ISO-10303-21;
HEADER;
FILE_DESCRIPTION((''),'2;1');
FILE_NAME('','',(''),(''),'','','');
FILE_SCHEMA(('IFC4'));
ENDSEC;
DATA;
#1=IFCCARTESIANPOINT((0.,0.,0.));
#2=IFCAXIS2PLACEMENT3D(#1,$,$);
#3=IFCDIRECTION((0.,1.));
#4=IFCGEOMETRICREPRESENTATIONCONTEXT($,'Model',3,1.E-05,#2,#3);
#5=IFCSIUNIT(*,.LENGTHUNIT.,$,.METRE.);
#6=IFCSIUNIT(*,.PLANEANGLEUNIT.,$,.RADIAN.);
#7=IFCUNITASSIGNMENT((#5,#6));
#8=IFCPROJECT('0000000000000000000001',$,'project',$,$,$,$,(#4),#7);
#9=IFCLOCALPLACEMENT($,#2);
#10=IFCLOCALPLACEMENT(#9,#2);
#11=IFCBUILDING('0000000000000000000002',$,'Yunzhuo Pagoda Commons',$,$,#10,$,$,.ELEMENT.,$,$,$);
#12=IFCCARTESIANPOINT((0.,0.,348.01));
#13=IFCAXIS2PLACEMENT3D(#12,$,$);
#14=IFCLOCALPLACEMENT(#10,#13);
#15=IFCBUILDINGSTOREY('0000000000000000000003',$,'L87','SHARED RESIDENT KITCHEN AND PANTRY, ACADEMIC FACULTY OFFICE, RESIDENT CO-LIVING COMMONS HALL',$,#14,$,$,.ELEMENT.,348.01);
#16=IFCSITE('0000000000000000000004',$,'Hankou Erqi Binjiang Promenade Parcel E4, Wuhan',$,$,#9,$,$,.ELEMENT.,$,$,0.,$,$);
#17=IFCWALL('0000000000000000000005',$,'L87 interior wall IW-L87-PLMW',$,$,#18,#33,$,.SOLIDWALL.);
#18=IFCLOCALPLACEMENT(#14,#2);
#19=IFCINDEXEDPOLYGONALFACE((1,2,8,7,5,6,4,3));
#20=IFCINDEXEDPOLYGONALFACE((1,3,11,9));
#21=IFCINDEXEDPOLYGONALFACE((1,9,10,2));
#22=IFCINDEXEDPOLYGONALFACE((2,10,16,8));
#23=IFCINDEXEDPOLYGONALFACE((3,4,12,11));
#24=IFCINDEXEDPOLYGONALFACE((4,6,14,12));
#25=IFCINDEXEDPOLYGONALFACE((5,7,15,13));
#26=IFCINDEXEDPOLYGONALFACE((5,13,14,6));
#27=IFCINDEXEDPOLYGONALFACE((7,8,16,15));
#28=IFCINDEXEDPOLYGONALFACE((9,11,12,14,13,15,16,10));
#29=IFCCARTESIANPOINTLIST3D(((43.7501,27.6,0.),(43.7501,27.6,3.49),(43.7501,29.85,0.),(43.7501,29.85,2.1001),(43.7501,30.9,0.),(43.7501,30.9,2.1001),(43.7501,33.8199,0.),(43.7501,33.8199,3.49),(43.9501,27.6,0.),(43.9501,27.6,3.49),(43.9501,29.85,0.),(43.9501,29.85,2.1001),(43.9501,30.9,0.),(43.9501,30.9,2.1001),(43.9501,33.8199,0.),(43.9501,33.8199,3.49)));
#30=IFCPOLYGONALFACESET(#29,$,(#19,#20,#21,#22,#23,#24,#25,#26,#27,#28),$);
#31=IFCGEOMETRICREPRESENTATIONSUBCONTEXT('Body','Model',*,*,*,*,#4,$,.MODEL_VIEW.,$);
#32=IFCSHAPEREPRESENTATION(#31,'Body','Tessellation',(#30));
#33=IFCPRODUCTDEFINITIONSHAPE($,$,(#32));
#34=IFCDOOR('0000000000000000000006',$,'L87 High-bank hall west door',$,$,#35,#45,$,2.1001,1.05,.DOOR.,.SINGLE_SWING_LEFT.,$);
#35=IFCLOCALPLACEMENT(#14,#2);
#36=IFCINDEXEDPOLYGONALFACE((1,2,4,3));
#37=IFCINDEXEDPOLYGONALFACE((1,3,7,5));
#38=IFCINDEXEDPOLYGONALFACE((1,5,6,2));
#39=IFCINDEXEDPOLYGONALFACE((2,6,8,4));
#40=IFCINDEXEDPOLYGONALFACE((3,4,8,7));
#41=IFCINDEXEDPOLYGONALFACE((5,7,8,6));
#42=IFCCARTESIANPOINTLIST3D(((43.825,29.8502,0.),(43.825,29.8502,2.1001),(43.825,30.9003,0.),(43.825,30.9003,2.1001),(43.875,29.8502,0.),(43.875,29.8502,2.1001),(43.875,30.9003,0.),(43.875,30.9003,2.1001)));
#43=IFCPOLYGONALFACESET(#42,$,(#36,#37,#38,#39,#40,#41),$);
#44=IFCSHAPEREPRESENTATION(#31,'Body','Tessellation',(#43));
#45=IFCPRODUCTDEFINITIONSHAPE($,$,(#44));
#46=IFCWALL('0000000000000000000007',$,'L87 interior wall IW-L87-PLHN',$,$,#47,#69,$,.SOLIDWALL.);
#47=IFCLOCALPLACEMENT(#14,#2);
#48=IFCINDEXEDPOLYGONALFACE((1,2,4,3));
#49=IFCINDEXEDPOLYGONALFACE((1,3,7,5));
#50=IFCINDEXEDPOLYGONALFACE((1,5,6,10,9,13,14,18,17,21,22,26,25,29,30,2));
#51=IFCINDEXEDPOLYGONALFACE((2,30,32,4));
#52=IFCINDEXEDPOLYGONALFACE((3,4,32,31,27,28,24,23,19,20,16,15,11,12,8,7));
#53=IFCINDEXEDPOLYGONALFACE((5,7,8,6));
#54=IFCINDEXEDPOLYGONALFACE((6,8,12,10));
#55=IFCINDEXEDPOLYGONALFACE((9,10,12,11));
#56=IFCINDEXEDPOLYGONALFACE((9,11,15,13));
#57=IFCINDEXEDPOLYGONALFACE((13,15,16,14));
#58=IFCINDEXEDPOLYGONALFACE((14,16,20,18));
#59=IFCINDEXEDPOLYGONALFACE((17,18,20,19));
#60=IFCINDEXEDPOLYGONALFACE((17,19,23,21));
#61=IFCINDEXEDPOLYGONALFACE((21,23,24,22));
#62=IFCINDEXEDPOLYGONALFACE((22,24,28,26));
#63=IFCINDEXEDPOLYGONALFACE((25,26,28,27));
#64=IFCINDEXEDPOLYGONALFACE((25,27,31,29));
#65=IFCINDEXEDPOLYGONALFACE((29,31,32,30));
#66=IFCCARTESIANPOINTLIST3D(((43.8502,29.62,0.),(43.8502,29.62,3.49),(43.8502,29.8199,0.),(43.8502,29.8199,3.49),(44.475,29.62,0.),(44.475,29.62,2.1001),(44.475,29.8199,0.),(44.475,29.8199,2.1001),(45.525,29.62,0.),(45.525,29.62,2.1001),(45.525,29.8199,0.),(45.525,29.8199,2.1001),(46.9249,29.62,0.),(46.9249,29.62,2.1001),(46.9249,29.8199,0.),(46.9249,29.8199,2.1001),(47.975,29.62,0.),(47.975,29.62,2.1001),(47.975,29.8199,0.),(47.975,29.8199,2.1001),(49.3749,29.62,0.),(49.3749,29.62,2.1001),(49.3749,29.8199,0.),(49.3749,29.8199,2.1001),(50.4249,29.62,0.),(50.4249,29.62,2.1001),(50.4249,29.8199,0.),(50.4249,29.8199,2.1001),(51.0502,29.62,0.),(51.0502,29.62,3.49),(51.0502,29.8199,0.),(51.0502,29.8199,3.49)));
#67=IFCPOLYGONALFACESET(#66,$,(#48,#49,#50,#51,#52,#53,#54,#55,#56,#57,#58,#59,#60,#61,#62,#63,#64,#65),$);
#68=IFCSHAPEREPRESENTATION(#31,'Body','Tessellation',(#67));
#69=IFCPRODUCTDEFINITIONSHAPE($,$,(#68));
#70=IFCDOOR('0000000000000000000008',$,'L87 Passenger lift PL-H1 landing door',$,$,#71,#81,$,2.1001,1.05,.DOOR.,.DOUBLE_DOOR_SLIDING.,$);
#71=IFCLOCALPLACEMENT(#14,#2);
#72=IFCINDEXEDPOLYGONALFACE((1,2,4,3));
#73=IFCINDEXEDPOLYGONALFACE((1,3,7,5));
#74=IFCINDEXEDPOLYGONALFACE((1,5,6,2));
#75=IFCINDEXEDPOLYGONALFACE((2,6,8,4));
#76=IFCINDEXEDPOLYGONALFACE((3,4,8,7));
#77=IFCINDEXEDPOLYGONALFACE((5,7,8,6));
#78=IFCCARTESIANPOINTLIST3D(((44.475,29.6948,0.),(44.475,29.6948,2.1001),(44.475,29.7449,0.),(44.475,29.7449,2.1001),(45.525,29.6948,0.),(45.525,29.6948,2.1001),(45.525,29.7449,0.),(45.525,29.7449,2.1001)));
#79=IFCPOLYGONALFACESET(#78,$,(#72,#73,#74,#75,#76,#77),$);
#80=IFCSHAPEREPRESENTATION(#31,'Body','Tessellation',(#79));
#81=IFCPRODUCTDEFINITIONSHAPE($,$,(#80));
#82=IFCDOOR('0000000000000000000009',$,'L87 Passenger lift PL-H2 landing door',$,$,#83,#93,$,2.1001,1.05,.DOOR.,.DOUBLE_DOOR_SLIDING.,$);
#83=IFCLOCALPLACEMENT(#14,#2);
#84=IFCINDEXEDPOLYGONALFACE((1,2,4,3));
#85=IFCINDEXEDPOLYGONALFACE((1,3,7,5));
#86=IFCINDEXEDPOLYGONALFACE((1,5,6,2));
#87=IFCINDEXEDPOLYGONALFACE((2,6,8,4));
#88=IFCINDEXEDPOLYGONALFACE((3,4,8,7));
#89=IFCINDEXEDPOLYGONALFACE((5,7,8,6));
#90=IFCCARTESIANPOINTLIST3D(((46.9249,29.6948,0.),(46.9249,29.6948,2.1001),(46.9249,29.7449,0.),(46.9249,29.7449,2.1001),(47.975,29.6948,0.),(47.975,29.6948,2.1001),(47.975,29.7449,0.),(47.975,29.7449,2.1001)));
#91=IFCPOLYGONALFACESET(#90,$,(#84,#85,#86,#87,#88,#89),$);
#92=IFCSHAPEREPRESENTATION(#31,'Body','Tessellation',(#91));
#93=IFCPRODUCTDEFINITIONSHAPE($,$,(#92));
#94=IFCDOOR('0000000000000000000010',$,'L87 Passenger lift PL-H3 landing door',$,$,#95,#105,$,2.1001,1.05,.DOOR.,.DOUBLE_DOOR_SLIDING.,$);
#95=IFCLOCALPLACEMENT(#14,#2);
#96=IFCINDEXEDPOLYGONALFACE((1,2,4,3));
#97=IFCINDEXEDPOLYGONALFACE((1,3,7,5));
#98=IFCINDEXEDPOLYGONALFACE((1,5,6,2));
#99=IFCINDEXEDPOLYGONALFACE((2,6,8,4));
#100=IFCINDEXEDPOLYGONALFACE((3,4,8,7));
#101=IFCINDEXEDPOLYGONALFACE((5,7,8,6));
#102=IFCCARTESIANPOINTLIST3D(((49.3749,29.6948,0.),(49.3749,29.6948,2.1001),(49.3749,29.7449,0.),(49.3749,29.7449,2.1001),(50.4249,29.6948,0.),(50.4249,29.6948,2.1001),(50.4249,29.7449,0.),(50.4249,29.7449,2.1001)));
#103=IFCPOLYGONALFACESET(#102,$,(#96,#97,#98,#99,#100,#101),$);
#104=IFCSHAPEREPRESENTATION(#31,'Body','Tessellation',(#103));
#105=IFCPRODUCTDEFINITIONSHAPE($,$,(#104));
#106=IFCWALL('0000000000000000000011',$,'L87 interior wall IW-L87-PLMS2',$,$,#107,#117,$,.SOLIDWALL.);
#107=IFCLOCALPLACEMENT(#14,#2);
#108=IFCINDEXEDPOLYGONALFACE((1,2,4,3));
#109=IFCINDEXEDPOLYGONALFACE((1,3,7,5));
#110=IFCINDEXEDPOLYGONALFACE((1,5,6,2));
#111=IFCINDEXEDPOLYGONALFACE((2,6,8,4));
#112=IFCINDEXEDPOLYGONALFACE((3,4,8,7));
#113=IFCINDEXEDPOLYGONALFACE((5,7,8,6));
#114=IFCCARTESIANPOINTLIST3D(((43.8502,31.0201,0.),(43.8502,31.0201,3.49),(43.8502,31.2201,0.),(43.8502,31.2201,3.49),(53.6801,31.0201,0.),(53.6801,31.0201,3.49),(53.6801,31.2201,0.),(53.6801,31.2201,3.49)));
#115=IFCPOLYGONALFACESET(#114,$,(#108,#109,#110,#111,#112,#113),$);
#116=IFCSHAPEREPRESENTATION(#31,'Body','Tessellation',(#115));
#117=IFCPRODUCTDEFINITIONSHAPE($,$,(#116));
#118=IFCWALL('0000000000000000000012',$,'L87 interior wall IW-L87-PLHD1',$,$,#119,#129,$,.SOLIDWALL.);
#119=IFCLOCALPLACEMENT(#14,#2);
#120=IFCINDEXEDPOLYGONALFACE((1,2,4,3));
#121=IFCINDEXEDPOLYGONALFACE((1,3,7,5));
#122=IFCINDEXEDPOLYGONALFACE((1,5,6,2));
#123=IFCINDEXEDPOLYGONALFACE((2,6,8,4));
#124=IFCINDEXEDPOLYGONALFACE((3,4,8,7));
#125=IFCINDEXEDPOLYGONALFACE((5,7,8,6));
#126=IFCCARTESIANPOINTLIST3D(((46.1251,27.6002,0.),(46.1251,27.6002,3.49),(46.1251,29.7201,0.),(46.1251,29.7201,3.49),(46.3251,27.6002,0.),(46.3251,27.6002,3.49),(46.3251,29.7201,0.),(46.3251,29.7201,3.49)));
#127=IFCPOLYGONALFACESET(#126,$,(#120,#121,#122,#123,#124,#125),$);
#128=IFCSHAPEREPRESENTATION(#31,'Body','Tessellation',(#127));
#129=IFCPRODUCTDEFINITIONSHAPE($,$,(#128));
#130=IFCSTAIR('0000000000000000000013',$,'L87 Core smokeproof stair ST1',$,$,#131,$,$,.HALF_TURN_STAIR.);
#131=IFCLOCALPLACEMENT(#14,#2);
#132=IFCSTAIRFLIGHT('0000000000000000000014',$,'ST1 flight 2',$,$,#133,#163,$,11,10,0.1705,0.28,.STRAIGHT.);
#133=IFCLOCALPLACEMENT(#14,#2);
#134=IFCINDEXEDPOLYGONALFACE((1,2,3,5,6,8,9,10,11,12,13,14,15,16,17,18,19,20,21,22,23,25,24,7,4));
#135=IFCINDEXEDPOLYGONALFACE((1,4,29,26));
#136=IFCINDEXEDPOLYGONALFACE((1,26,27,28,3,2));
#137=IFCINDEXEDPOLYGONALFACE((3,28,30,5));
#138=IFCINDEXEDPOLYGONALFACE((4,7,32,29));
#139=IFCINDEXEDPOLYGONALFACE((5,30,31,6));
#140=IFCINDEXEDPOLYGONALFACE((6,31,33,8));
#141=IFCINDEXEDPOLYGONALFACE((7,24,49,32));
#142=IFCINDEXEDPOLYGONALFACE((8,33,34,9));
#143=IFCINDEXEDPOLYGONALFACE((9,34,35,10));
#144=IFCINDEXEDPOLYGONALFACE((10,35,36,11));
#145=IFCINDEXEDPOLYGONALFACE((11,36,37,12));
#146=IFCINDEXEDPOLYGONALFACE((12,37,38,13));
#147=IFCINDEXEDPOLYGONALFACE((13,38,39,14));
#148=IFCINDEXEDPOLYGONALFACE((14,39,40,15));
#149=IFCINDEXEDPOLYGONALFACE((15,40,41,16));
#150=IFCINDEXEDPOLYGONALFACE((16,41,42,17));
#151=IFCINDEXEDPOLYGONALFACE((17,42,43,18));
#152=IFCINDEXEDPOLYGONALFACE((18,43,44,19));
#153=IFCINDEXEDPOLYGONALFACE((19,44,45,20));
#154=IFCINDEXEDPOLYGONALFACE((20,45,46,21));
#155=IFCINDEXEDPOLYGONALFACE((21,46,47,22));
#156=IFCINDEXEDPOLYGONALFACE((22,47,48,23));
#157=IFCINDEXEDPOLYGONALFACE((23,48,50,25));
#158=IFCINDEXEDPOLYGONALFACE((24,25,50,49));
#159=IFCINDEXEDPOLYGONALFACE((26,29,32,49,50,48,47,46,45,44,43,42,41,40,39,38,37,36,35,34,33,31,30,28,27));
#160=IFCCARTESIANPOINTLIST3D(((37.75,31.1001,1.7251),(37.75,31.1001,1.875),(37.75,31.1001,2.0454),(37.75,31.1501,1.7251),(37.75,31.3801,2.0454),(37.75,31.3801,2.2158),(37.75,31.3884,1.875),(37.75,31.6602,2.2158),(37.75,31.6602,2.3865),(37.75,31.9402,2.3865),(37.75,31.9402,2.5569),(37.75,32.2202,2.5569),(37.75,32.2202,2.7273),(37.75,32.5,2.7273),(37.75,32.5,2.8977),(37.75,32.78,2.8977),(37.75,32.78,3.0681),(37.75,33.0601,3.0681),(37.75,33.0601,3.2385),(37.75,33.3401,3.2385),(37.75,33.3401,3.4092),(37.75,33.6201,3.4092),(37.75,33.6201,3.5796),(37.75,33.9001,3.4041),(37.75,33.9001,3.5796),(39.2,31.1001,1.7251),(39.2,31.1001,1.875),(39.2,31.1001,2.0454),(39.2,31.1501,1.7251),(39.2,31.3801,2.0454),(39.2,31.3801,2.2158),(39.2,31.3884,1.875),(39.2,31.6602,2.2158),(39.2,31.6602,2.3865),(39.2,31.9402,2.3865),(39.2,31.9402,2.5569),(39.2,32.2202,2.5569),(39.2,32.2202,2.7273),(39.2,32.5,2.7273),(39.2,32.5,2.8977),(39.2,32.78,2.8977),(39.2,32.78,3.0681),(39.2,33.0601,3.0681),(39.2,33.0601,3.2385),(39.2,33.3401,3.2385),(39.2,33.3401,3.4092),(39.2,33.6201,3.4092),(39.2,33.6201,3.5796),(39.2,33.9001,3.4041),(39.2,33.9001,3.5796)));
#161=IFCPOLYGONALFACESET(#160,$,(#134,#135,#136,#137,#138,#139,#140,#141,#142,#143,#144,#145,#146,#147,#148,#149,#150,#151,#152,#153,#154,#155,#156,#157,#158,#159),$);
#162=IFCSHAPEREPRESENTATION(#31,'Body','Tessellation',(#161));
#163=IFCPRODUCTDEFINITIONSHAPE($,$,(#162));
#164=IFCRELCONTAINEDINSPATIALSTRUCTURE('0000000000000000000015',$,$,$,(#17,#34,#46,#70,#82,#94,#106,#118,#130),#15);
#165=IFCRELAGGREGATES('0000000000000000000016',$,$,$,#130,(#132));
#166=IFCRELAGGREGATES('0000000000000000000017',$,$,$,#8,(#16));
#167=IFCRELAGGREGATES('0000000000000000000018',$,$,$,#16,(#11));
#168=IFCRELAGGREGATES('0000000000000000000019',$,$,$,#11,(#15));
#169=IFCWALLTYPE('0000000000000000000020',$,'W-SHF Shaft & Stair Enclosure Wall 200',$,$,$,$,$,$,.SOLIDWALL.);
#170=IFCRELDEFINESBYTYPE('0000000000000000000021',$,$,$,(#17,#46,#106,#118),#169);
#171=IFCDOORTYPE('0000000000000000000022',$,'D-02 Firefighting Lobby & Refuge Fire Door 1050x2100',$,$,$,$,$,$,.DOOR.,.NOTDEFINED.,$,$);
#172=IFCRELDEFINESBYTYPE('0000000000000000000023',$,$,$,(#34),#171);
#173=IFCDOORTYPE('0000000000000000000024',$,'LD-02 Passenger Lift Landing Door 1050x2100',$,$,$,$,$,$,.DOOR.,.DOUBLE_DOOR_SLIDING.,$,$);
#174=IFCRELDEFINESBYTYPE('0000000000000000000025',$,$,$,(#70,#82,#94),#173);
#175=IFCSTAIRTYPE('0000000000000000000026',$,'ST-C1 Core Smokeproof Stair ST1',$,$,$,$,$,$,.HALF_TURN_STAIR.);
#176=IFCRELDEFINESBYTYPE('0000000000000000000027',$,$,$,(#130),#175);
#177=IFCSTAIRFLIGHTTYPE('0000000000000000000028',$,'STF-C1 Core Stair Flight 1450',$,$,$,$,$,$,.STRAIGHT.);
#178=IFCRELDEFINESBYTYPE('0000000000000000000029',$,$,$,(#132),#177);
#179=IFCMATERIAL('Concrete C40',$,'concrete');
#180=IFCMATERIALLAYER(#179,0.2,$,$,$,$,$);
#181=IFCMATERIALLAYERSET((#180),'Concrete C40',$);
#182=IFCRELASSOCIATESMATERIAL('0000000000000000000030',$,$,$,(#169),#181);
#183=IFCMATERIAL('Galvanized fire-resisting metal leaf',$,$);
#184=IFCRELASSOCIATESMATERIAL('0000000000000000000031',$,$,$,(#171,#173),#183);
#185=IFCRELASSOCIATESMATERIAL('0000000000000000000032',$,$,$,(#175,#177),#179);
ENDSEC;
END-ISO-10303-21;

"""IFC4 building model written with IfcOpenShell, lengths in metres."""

from ifc_helpers import new_model, si_unit, direction, frame, frame_2d, origin, origin_with_axes, place, context, subcontext, project, spatial, polyline, rectangle, outline, extrude, source, transform, mapped, material, layer, layer_set, type_object, element, fill, aggregate, save


model = new_model("IFC4")

# Units and contexts
model_context = context("Model", 3, precision=1e-05, world=origin(), true_north=direction((0.0, 1.0)))
body_context = subcontext(model_context, "Body", "Model", "MODEL_VIEW")
ifc_project = project(units=[si_unit("LENGTHUNIT", "METRE"), si_unit("PLANEANGLEUNIT", "RADIAN")], contexts=[model_context])

# Site, building, storey
site_placement = place(None, origin())
site = spatial("IfcSite", under=ifc_project, at=site_placement, Name="Hankou Erqi Binjiang Promenade Parcel E4, Wuhan", CompositionType="ELEMENT", RefElevation=0.0)
building_placement = place(site_placement, origin())
building = spatial("IfcBuilding", under=site, at=building_placement, Name="Yunzhuo Pagoda Commons", CompositionType="ELEMENT")
storey_placement = place(building_placement, frame((0.0, 0.0, 348.01)))
storey = spatial("IfcBuildingStorey", under=building, at=storey_placement, Name="L87", Description="SHARED RESIDENT KITCHEN AND PANTRY, ACADEMIC FACULTY OFFICE, RESIDENT CO-LIVING COMMONS HALL", CompositionType="ELEMENT", Elevation=348.01)

# Shared definitions
ifc_material_1 = material(Name="Galvanized fire-resisting metal leaf")

# Wall, opening, door
ifc_material_2 = material(Name="Concrete C40", Category="concrete")
ifc_layer_1 = layer(ifc_material_2, 0.2)
ifc_layer_set_1 = layer_set([ifc_layer_1], Name="Concrete C40")
wall_type_1 = type_object("IfcWallType", Name="W-SHF Shaft & Stair Enclosure Wall 200", PredefinedType="SOLIDWALL", material=ifc_layer_set_1)
wall_1_placement = place(storey_placement, frame((43.8501, 27.6001, 0.0), z_axis=(0.0, 0.0, 1.0), x_axis=(0.0, 1.0, 0.0)))
wall_1 = element("IfcWall", 1, at=wall_1_placement, inside=storey, type_object=wall_type_1, Name="L87 interior wall IW-L87-PLMW", PredefinedType="SOLIDWALL", context=body_context, shape_type="SweptSolid", body=[
    extrude(rectangle(XDim=6.22, YDim=0.2, at=frame_2d((3.1099, 0.0))), origin(), (0.0, 0.0, 1.0), 3.49),
])
opening_1_placement = place(wall_1_placement, frame((2.25, 0.0, 0.0)))
opening_1 = element("IfcOpeningElement", 2, at=opening_1_placement, cuts=wall_1, PredefinedType="OPENING", context=body_context, shape_type="SweptSolid", body=[
    extrude(rectangle(XDim=1.05, YDim=2.1001, at=frame_2d((0.5249, 1.05))), frame((0.0, 0.1099, 0.0), z_axis=(0.0, -1.0, 0.0), x_axis=(1.0, 0.0, 0.0)), (0.0, 0.0, 1.0), 0.22),
])
door_type_1 = type_object("IfcDoorType", Name="D-02 Firefighting Lobby & Refuge Fire Door 1050x2100", OperationType="NOTDEFINED", PredefinedType="DOOR", material=ifc_material_1)
shared_shape_1 = source(origin(), body_context, "Body", "SweptSolid", [
    extrude(rectangle(XDim=1.05, YDim=2.1001, at=frame_2d((0.5249, 1.05))), frame((0.0, 0.0249, 0.0), z_axis=(0.0, -1.0, 0.0), x_axis=(1.0, 0.0, 0.0)), (0.0, 0.0, 1.0), 0.05),
])
door_1_placement = place(opening_1_placement, frame((1.05, 0.0, 0.0), z_axis=(0.0, 0.0, 1.0), x_axis=(-1.0, 0.0, 0.0)))
door_1 = element("IfcDoor", 3, at=door_1_placement, inside=storey, type_object=door_type_1, Name="L87 High-bank hall west door", OperationType="SINGLE_SWING_LEFT", OverallHeight=2.1001, OverallWidth=1.05, PredefinedType="DOOR", context=body_context, shape_type="MappedRepresentation", body=[
    mapped(shared_shape_1, transform((0.0, 0.0, 0.0), scale=1.0)),
])
fill(opening_1, door_1)

# Wall, openings, doors
wall_2_placement = place(storey_placement, frame((43.8501, 29.72, 0.0), z_axis=(0.0, 0.0, 1.0), x_axis=(1.0, 0.0, 0.0)))
wall_2 = element("IfcWall", 4, at=wall_2_placement, inside=storey, type_object=wall_type_1, Name="L87 interior wall IW-L87-PLHN", PredefinedType="SOLIDWALL", context=body_context, shape_type="SweptSolid", body=[
    extrude(rectangle(XDim=7.2, YDim=0.2, at=frame_2d((3.6001, 0.0))), origin(), (0.0, 0.0, 1.0), 3.49),
])
opening_2_placement = place(wall_2_placement, frame((0.625, 0.0, 0.0)))
opening_2 = element("IfcOpeningElement", 5, at=opening_2_placement, cuts=wall_2, PredefinedType="OPENING", context=body_context, shape_type="SweptSolid", body=[
    extrude(rectangle(XDim=1.05, YDim=2.1001, at=frame_2d((0.5249, 1.05))), frame((0.0, 0.1099, 0.0), z_axis=(0.0, -1.0, 0.0), x_axis=(1.0, 0.0, 0.0)), (0.0, 0.0, 1.0), 0.22),
])
opening_3_placement = place(wall_2_placement, frame((3.075, 0.0, 0.0)))
opening_3 = element("IfcOpeningElement", 6, at=opening_3_placement, cuts=wall_2, PredefinedType="OPENING", context=body_context, shape_type="SweptSolid", body=[
    extrude(rectangle(XDim=1.05, YDim=2.1001, at=frame_2d((0.5249, 1.05))), frame((0.0, 0.1099, 0.0), z_axis=(0.0, -1.0, 0.0), x_axis=(1.0, 0.0, 0.0)), (0.0, 0.0, 1.0), 0.22),
])
opening_4_placement = place(wall_2_placement, frame((5.5249, 0.0, 0.0)))
opening_4 = element("IfcOpeningElement", 7, at=opening_4_placement, cuts=wall_2, PredefinedType="OPENING", context=body_context, shape_type="SweptSolid", body=[
    extrude(rectangle(XDim=1.05, YDim=2.1001, at=frame_2d((0.5249, 1.05))), frame((0.0, 0.1099, 0.0), z_axis=(0.0, -1.0, 0.0), x_axis=(1.0, 0.0, 0.0)), (0.0, 0.0, 1.0), 0.22),
])
door_type_2 = type_object("IfcDoorType", Name="LD-02 Passenger Lift Landing Door 1050x2100", OperationType="DOUBLE_DOOR_SLIDING", PredefinedType="DOOR", material=ifc_material_1)
door_2_placement = place(opening_2_placement, origin_with_axes())
door_2 = element("IfcDoor", 8, at=door_2_placement, inside=storey, type_object=door_type_2, Name="L87 Passenger lift PL-H1 landing door", OperationType="DOUBLE_DOOR_SLIDING", OverallHeight=2.1001, OverallWidth=1.05, PredefinedType="DOOR", context=body_context, shape_type="MappedRepresentation", body=[
    mapped(shared_shape_1, transform((0.0, 0.0, 0.0), scale=1.0)),
])
fill(opening_2, door_2)
door_3_placement = place(opening_3_placement, origin_with_axes())
door_3 = element("IfcDoor", 9, at=door_3_placement, inside=storey, type_object=door_type_2, Name="L87 Passenger lift PL-H2 landing door", OperationType="DOUBLE_DOOR_SLIDING", OverallHeight=2.1001, OverallWidth=1.05, PredefinedType="DOOR", context=body_context, shape_type="MappedRepresentation", body=[
    mapped(shared_shape_1, transform((0.0, 0.0, 0.0), scale=1.0)),
])
fill(opening_3, door_3)
door_4_placement = place(opening_4_placement, origin_with_axes())
door_4 = element("IfcDoor", 10, at=door_4_placement, inside=storey, type_object=door_type_2, Name="L87 Passenger lift PL-H3 landing door", OperationType="DOUBLE_DOOR_SLIDING", OverallHeight=2.1001, OverallWidth=1.05, PredefinedType="DOOR", context=body_context, shape_type="MappedRepresentation", body=[
    mapped(shared_shape_1, transform((0.0, 0.0, 0.0), scale=1.0)),
])
fill(opening_4, door_4)

# Walls
wall_3_placement = place(storey_placement, frame((43.8501, 31.1201, 0.0), z_axis=(0.0, 0.0, 1.0), x_axis=(1.0, 0.0, 0.0)))
element("IfcWall", 11, at=wall_3_placement, inside=storey, type_object=wall_type_1, Name="L87 interior wall IW-L87-PLMS2", PredefinedType="SOLIDWALL", context=body_context, shape_type="SweptSolid", body=[
    extrude(rectangle(XDim=9.8298, YDim=0.2, at=frame_2d((4.915, 0.0))), origin(), (0.0, 0.0, 1.0), 3.49),
])
wall_4_placement = place(storey_placement, frame((46.2251, 27.6001, 0.0), z_axis=(0.0, 0.0, 1.0), x_axis=(0.0, 1.0, 0.0)))
element("IfcWall", 12, at=wall_4_placement, inside=storey, type_object=wall_type_1, Name="L87 interior wall IW-L87-PLHD1", PredefinedType="SOLIDWALL", context=body_context, shape_type="SweptSolid", body=[
    extrude(rectangle(XDim=2.1199, YDim=0.2, at=frame_2d((1.0601, 0.0))), origin(), (0.0, 0.0, 1.0), 3.49),
])

# Stair, stair flight
stair_type = type_object("IfcStairType", Name="ST-C1 Core Smokeproof Stair ST1", PredefinedType="HALF_TURN_STAIR", material=ifc_material_2)
stair_placement = place(storey_placement, origin())
stair = element("IfcStair", 13, at=stair_placement, inside=storey, type_object=stair_type, Name="L87 Core smokeproof stair ST1", PredefinedType="HALF_TURN_STAIR")
stair_flight_type = type_object("IfcStairFlightType", Name="STF-C1 Core Stair Flight 1450", PredefinedType="STRAIGHT", material=ifc_material_2)
shared_shape_2 = source(origin(), body_context, "Body", "SweptSolid", [
    extrude(outline(polyline([(0.0, -0.1499), (0.0, 0.0), (0.0, 0.1704), (0.28, 0.1704), (0.28, 0.3408), (0.5601, 0.3408), (0.5601, 0.5115), (0.8401, 0.5115), (0.8401, 0.6819), (1.1201, 0.6819), (1.1201, 0.8523), (1.3999, 0.8523), (1.3999, 1.0227), (1.6799, 1.0227), (1.6799, 1.1931), (1.96, 1.1931), (1.96, 1.3635), (2.24, 1.3635), (2.24, 1.5342), (2.52, 1.5342), (2.52, 1.7046), (2.8, 1.7046), (2.8, 1.875), (2.8, 1.5291), (0.2883, 0.0), (0.05, -0.1499), (0.0, -0.1499)])), frame((0.0, 0.7251, 0.0), z_axis=(0.0, -1.0, 0.0), x_axis=(1.0, 0.0, 0.0)), (0.0, 0.0, 1.0), 1.45),
])
stair_flight_placement = place(storey_placement, frame((38.4751, 31.1001, 1.875), z_axis=(0.0, 0.0, 1.0), x_axis=(0.0, 1.0, 0.0)))
stair_flight = element("IfcStairFlight", 14, at=stair_flight_placement, type_object=stair_flight_type, Name="ST1 flight 2", NumberOfRisers=11, NumberOfTreads=10, PredefinedType="STRAIGHT", RiserHeight=0.1705, TreadLength=0.28, context=body_context, shape_type="MappedRepresentation", body=[
    mapped(shared_shape_2, transform((0.0, 0.0, 0.0), scale=1.0)),
])
aggregate(stair, [stair_flight])

save(model, "model.ifc")
